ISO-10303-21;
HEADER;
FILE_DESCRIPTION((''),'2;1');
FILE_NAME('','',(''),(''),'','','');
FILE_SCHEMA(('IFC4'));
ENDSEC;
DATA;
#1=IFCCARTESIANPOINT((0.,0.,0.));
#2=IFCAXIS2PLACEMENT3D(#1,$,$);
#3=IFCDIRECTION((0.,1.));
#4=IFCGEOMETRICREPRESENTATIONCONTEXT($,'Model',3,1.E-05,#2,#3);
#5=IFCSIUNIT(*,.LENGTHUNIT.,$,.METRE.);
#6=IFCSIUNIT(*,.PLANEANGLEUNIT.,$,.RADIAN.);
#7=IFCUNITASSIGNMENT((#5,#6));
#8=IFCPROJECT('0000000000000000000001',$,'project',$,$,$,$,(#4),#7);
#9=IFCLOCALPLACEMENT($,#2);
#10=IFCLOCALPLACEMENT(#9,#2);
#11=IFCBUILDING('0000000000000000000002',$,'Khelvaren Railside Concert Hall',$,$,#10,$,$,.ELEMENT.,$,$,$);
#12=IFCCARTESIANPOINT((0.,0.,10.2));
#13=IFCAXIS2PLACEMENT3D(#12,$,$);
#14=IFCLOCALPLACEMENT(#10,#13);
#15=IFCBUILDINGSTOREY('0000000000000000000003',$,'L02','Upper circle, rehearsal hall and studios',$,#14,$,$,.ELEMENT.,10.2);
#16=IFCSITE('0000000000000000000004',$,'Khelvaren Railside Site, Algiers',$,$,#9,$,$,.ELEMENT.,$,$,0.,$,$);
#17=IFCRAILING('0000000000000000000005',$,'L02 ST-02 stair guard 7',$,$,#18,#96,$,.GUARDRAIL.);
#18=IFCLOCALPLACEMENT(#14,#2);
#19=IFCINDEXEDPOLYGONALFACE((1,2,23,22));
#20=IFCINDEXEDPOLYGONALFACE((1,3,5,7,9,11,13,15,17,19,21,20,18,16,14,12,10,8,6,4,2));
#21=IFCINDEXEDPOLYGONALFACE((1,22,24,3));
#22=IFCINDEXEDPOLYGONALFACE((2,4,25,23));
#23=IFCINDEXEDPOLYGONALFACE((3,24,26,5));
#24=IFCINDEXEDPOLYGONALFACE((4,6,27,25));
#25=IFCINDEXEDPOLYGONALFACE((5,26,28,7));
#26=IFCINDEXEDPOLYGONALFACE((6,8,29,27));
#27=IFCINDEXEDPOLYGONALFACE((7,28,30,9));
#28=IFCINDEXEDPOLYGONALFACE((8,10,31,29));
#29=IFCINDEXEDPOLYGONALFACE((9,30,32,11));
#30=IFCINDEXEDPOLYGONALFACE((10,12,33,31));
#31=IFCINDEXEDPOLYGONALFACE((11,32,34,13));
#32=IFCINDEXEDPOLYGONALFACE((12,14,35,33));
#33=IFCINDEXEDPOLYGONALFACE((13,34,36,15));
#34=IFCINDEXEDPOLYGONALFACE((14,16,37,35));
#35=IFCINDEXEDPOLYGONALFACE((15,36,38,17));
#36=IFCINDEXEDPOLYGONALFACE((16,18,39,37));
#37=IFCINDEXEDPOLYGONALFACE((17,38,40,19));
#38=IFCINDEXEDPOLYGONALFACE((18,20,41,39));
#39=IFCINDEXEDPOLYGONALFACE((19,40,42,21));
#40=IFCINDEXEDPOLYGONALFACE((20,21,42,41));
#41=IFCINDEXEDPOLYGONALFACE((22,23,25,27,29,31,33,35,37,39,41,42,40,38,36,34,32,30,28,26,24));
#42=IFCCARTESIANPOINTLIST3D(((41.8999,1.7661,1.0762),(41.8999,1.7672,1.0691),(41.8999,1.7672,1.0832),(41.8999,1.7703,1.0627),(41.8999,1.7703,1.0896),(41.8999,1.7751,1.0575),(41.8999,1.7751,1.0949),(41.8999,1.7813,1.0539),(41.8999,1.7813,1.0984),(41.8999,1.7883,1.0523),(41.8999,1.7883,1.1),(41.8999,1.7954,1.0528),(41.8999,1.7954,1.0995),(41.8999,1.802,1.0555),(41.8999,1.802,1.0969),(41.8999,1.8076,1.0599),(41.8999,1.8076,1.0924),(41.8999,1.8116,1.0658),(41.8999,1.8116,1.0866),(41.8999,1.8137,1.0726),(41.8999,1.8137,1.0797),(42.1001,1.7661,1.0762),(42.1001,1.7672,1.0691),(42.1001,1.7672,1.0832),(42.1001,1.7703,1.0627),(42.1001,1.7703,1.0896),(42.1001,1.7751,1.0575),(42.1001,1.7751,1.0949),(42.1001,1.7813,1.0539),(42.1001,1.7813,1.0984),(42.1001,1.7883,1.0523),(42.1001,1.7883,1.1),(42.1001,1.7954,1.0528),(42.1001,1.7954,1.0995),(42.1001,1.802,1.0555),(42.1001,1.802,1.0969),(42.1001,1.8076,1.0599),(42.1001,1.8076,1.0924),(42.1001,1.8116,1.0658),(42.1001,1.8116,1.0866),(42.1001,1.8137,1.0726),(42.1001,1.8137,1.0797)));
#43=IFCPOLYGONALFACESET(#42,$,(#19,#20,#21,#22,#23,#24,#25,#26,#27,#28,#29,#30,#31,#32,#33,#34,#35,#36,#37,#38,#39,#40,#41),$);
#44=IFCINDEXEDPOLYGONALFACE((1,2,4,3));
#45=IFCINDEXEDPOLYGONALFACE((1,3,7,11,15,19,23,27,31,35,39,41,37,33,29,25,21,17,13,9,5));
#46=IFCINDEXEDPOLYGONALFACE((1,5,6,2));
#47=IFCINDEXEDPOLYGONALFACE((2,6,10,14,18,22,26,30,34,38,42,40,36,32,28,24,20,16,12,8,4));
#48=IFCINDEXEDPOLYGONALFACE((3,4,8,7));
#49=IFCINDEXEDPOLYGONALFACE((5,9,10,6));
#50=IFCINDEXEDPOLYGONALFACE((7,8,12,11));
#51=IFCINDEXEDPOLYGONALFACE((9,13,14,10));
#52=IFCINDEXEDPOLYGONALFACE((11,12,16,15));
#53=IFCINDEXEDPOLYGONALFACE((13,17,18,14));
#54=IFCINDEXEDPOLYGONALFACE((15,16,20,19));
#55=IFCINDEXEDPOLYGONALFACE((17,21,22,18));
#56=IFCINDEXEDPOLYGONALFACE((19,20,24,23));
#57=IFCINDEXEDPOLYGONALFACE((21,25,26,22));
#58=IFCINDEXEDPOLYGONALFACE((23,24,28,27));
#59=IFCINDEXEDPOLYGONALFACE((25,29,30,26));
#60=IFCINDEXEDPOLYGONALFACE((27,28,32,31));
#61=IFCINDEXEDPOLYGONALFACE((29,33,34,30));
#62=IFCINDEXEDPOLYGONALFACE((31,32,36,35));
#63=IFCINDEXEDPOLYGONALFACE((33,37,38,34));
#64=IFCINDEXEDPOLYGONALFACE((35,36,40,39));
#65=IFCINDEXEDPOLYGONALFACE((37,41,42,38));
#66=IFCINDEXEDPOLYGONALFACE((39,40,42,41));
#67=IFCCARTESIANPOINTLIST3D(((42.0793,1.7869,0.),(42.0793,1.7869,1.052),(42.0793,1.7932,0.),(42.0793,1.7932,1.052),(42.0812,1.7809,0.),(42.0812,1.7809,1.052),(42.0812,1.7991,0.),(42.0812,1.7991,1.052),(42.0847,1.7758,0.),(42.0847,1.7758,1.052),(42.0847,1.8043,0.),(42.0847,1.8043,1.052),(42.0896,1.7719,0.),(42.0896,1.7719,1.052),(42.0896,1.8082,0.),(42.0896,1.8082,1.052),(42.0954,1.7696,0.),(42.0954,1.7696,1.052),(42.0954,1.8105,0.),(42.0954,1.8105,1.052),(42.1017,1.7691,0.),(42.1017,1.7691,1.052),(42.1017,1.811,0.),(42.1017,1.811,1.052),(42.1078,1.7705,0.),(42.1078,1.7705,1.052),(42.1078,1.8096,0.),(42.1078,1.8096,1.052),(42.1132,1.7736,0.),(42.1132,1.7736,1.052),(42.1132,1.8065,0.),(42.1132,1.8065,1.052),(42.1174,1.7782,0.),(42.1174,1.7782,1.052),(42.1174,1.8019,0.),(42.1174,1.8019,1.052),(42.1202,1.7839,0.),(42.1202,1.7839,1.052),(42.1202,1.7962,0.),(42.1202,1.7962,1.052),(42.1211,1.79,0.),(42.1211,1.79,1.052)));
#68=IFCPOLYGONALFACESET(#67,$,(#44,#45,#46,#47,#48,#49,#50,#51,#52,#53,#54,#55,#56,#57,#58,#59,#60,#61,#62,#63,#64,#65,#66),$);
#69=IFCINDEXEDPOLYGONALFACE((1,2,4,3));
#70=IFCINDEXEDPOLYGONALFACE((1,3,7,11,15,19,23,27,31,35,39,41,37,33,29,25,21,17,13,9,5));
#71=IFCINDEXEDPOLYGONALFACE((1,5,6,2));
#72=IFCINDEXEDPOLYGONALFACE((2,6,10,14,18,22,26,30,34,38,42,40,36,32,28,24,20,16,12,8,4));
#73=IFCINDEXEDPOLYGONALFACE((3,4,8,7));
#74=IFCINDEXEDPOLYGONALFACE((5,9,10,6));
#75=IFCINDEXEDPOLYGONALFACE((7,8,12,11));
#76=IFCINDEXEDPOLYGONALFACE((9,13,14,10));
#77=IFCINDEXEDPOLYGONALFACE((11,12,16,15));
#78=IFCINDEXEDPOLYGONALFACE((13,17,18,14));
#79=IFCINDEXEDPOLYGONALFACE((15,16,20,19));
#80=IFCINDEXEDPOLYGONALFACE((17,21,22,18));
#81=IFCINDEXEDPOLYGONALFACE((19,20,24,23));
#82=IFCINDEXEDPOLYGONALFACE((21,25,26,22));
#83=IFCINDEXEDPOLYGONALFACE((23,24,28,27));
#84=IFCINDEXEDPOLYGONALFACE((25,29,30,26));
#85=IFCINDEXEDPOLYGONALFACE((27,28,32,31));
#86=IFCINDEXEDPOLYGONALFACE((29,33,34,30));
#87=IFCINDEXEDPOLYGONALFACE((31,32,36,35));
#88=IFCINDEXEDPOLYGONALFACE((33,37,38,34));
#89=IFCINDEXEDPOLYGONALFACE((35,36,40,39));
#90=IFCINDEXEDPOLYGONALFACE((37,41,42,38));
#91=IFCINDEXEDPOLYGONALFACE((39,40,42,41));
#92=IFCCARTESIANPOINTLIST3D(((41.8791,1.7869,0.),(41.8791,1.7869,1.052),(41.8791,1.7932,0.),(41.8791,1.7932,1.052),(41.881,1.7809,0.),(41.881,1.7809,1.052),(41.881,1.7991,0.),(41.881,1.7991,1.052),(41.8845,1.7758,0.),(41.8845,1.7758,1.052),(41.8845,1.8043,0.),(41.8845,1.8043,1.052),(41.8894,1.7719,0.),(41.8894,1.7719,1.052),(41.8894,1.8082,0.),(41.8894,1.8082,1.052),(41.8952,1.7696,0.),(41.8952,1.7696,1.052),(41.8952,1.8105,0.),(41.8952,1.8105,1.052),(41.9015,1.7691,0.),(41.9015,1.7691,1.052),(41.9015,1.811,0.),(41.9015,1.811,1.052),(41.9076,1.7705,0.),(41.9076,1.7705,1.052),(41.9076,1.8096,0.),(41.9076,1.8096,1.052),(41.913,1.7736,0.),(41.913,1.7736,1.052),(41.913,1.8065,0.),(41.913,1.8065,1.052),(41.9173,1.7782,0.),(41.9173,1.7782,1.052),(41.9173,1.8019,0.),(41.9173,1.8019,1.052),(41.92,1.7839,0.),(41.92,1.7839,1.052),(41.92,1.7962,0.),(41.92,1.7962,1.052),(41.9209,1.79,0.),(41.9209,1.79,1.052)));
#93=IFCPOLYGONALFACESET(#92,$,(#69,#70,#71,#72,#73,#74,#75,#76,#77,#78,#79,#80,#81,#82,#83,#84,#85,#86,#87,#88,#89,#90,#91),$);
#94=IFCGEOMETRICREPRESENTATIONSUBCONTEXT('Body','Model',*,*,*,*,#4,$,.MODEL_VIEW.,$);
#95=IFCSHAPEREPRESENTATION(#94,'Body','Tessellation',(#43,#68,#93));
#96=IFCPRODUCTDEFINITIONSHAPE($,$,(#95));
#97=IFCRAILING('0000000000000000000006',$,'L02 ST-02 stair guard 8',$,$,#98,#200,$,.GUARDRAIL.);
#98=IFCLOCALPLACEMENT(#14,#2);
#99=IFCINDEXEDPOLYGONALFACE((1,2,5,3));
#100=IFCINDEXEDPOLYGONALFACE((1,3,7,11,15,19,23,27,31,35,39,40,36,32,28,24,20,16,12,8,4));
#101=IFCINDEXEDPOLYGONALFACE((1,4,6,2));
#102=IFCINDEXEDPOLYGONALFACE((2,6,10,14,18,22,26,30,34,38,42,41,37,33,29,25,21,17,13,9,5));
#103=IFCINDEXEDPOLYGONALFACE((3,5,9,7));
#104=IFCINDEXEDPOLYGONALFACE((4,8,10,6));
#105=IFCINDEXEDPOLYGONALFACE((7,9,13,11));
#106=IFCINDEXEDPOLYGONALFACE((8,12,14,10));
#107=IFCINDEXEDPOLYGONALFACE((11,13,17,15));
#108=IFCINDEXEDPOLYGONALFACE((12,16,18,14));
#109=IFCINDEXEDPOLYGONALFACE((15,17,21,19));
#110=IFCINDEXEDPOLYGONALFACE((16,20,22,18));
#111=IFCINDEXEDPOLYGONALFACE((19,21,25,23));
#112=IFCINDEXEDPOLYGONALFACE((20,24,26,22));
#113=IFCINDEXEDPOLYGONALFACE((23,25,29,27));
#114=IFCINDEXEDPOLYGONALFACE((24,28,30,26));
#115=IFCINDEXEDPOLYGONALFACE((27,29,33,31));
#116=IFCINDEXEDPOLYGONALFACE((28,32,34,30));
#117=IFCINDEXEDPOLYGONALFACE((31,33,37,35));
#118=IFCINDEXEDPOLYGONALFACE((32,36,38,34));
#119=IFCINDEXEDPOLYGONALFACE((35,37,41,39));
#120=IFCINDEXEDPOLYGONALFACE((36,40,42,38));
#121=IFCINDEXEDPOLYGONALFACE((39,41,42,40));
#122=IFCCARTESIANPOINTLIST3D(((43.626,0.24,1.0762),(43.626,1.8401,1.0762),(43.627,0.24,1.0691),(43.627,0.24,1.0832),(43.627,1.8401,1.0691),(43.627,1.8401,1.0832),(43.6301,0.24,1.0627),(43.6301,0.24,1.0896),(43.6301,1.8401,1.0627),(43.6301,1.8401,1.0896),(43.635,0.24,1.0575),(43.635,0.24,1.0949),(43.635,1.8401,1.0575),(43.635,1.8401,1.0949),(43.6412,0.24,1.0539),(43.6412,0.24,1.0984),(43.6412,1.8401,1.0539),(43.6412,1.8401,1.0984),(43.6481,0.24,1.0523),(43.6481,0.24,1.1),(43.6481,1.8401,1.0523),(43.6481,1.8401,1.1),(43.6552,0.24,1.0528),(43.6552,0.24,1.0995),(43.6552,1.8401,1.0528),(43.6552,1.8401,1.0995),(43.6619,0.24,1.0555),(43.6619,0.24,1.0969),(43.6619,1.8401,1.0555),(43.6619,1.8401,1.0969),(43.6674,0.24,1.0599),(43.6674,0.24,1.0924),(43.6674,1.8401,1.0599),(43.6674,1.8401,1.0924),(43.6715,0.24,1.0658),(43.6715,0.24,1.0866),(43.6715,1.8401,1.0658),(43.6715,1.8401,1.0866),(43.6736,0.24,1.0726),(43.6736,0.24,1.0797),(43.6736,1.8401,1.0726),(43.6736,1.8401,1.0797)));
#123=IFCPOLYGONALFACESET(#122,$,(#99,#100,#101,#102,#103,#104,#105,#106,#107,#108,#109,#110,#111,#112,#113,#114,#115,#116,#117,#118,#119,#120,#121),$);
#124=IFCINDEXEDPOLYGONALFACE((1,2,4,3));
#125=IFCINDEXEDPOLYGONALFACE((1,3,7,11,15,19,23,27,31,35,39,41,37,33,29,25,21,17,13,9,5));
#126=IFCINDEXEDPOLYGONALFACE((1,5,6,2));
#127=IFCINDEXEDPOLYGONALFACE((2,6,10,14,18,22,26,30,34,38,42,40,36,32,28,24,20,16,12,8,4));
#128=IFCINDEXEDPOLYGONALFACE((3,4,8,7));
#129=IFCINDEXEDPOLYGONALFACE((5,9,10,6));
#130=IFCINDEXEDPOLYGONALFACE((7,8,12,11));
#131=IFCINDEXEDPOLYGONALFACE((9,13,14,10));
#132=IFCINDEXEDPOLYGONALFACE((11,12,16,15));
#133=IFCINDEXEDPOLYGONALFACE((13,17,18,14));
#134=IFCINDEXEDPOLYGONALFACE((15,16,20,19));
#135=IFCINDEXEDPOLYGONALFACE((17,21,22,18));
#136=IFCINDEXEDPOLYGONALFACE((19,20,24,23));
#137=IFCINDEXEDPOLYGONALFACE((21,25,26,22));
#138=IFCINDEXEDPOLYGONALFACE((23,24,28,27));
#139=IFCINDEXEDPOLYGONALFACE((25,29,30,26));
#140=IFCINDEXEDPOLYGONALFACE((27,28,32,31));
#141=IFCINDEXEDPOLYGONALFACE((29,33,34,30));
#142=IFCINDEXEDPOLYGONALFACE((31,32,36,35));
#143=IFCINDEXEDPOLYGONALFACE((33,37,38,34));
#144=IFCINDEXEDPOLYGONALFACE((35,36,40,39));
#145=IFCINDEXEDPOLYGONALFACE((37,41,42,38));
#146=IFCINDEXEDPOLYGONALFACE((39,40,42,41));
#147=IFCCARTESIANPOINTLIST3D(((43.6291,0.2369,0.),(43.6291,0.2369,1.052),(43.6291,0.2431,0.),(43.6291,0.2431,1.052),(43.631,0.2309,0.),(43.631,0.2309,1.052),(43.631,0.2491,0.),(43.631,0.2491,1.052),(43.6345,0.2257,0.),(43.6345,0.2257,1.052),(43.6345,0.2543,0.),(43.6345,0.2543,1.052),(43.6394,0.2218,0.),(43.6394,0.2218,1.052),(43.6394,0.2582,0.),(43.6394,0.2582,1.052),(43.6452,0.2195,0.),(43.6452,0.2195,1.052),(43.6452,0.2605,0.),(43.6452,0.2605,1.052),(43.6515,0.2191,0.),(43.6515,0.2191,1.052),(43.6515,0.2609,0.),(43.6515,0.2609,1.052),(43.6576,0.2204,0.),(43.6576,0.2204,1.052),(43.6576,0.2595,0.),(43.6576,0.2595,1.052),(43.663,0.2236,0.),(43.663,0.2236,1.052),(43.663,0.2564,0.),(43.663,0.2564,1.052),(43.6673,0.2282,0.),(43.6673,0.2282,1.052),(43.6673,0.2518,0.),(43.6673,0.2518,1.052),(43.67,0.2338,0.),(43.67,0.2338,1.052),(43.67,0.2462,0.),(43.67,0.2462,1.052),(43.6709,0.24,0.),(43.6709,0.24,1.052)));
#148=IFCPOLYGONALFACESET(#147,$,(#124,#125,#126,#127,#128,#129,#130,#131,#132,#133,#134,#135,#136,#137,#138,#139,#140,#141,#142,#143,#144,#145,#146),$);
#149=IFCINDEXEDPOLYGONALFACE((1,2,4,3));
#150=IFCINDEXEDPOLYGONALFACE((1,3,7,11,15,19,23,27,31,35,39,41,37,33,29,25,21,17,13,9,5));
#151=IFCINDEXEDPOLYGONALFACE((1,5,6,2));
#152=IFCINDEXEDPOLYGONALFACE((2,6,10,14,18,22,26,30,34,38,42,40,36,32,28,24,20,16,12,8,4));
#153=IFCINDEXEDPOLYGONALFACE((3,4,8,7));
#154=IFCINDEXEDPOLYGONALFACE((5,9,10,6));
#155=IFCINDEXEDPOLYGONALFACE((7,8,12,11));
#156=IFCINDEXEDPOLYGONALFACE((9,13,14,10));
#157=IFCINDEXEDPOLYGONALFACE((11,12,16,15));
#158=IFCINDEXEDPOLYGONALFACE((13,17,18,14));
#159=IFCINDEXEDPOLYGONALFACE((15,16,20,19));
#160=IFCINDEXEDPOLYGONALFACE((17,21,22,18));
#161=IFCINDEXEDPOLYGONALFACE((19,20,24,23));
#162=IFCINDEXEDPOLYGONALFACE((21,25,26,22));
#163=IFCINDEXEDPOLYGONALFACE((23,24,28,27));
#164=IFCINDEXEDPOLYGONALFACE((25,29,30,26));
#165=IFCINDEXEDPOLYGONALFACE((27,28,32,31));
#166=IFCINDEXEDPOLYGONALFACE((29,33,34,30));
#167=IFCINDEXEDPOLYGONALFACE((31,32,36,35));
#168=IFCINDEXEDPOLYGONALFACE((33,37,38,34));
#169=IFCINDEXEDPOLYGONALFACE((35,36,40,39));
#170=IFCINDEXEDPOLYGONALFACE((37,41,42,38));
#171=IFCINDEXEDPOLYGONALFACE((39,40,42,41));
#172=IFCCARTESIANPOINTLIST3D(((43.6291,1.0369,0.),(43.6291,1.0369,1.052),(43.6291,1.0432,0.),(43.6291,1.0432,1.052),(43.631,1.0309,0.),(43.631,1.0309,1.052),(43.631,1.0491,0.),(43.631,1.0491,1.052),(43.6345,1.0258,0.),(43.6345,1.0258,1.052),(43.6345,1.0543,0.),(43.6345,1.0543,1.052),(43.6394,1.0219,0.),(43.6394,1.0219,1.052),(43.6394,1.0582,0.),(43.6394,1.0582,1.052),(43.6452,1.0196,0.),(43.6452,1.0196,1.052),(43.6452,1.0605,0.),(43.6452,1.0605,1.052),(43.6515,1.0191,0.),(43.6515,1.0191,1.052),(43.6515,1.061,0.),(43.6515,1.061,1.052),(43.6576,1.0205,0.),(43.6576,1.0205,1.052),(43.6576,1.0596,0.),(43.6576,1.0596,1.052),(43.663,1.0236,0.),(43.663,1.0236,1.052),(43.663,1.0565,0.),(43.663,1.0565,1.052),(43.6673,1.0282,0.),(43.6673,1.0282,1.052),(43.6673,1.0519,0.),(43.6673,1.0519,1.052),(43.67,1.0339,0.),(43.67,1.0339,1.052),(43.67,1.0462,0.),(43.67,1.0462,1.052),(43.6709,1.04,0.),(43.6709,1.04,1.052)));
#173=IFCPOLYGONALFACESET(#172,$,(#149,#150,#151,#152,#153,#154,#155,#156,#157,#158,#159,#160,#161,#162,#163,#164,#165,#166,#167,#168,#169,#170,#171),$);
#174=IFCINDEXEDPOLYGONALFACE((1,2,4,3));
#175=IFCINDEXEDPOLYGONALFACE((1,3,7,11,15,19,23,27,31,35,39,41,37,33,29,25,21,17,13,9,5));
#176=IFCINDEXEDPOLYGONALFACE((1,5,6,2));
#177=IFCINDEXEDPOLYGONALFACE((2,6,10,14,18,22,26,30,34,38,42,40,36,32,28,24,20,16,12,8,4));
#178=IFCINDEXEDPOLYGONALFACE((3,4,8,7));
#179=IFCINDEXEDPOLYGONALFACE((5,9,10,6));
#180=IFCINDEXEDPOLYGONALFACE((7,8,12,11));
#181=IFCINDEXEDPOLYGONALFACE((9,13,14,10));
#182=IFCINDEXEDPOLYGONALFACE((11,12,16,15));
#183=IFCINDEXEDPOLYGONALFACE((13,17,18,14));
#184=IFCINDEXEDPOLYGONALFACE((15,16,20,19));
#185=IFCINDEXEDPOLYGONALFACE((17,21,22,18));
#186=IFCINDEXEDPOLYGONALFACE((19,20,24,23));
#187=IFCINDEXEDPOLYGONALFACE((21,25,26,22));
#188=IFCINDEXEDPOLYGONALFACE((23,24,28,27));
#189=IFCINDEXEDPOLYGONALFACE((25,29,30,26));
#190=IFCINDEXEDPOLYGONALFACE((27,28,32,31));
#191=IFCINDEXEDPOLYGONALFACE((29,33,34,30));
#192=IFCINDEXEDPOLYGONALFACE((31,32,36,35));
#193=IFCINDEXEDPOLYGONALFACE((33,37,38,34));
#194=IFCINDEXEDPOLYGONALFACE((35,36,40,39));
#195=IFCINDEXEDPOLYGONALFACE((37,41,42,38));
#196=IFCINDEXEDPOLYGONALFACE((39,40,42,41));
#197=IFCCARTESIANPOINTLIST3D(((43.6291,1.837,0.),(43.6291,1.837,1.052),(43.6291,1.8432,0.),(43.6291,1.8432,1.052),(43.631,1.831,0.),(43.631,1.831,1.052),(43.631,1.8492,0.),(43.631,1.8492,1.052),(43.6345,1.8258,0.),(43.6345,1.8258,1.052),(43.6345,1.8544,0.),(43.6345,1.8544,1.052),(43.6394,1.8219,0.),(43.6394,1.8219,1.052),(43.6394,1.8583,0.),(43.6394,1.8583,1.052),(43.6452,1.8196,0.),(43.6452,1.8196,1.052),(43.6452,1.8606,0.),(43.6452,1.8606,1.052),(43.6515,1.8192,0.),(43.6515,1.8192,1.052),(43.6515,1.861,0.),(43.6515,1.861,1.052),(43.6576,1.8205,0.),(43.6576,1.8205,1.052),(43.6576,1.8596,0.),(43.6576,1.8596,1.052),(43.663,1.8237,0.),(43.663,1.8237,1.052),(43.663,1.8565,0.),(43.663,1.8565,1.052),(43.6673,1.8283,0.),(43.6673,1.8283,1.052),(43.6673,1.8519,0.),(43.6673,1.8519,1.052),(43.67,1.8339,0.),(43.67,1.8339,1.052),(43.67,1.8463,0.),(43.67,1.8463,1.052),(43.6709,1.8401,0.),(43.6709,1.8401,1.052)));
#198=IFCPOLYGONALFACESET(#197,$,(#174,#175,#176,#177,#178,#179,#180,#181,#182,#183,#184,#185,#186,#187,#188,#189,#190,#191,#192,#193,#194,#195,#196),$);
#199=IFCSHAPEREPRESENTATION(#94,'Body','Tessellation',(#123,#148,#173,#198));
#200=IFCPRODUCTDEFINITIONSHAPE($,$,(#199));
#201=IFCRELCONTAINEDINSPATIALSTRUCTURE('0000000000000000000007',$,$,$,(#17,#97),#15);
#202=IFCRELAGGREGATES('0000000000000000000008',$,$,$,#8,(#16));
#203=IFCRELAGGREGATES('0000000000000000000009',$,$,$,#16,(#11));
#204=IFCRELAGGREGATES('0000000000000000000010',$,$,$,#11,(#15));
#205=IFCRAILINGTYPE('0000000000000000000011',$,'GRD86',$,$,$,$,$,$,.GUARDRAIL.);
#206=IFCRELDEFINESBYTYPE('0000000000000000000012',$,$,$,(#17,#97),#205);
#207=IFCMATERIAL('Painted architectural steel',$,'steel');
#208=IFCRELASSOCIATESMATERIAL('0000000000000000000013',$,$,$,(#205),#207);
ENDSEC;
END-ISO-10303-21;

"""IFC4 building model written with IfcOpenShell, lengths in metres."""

from ifc_helpers import new_model, si_unit, direction, frame, origin, origin_2d, place, context, subcontext, project, spatial, circle, extrude, material, type_object, element, save


model = new_model("IFC4")

# Units and contexts
model_context = context("Model", 3, precision=1e-05, world=origin(), true_north=direction((0.0, 1.0)))
body_context = subcontext(model_context, "Body", "Model", "MODEL_VIEW")
ifc_project = project(units=[si_unit("LENGTHUNIT", "METRE"), si_unit("PLANEANGLEUNIT", "RADIAN")], contexts=[model_context])

# Site, building, storey
site_placement = place(None, origin())
site = spatial("IfcSite", under=ifc_project, at=site_placement, Name="Khelvaren Railside Site, Algiers", CompositionType="ELEMENT", RefElevation=0.0)
building_placement = place(site_placement, origin())
building = spatial("IfcBuilding", under=site, at=building_placement, Name="Khelvaren Railside Concert Hall", CompositionType="ELEMENT")
storey_placement = place(building_placement, frame((0.0, 0.0, 10.2)))
storey = spatial("IfcBuildingStorey", under=building, at=storey_placement, Name="L02", Description="Upper circle, rehearsal hall and studios", CompositionType="ELEMENT", Elevation=10.2)

# Railings
ifc_material_1 = material(Name="Painted architectural steel", Category="steel")
railing_type_1 = type_object("IfcRailingType", Name="GRD86", PredefinedType="GUARDRAIL", material=ifc_material_1)
railing_1_placement = place(storey_placement, frame((42.1001, 1.79, 0.0)))
element("IfcRailing", 1, at=railing_1_placement, inside=storey, type_object=railing_type_1, Name="L02 ST-02 stair guard 7", PredefinedType="GUARDRAIL", context=body_context, shape_type="SweptSolid", body=[
    extrude(circle(Radius=0.0239, at=origin_2d()), frame((0.0, 0.0, 1.0762), z_axis=(-1.0, 0.0, 0.0), x_axis=(0.0, -1.0, 0.0)), (0.0, 0.0, 1.0), 0.2002),
    extrude(circle(Radius=0.021, at=origin_2d()), origin(), (0.0, 0.0, 1.0), 1.052),
    extrude(circle(Radius=0.021, at=origin_2d()), frame((-0.2002, 0.0, 0.0)), (0.0, 0.0, 1.0), 1.052),
])
for number, where, name in (
    (2, (43.6499, 0.24, 0.0), "L02 ST-02 stair guard 8"),
):
    element("IfcRailing", number, at=place(storey_placement, frame(where)), inside=storey, type_object=railing_type_1, Name=name, PredefinedType="GUARDRAIL", context=body_context, shape_type="SweptSolid", body=[
        extrude(circle(Radius=0.0239, at=origin_2d()), frame((0.0, 0.0, 1.0762), z_axis=(0.0, 1.0, 0.0), x_axis=(-1.0, 0.0, 0.0)), (0.0, 0.0, 1.0), 1.6001),
        extrude(circle(Radius=0.021, at=origin_2d()), origin(), (0.0, 0.0, 1.0), 1.052),
        extrude(circle(Radius=0.021, at=origin_2d()), frame((0.0, 0.8, 0.0)), (0.0, 0.0, 1.0), 1.052),
        extrude(circle(Radius=0.021, at=origin_2d()), frame((0.0, 1.6001, 0.0)), (0.0, 0.0, 1.0), 1.052),
    ])

save(model, "model.ifc")
